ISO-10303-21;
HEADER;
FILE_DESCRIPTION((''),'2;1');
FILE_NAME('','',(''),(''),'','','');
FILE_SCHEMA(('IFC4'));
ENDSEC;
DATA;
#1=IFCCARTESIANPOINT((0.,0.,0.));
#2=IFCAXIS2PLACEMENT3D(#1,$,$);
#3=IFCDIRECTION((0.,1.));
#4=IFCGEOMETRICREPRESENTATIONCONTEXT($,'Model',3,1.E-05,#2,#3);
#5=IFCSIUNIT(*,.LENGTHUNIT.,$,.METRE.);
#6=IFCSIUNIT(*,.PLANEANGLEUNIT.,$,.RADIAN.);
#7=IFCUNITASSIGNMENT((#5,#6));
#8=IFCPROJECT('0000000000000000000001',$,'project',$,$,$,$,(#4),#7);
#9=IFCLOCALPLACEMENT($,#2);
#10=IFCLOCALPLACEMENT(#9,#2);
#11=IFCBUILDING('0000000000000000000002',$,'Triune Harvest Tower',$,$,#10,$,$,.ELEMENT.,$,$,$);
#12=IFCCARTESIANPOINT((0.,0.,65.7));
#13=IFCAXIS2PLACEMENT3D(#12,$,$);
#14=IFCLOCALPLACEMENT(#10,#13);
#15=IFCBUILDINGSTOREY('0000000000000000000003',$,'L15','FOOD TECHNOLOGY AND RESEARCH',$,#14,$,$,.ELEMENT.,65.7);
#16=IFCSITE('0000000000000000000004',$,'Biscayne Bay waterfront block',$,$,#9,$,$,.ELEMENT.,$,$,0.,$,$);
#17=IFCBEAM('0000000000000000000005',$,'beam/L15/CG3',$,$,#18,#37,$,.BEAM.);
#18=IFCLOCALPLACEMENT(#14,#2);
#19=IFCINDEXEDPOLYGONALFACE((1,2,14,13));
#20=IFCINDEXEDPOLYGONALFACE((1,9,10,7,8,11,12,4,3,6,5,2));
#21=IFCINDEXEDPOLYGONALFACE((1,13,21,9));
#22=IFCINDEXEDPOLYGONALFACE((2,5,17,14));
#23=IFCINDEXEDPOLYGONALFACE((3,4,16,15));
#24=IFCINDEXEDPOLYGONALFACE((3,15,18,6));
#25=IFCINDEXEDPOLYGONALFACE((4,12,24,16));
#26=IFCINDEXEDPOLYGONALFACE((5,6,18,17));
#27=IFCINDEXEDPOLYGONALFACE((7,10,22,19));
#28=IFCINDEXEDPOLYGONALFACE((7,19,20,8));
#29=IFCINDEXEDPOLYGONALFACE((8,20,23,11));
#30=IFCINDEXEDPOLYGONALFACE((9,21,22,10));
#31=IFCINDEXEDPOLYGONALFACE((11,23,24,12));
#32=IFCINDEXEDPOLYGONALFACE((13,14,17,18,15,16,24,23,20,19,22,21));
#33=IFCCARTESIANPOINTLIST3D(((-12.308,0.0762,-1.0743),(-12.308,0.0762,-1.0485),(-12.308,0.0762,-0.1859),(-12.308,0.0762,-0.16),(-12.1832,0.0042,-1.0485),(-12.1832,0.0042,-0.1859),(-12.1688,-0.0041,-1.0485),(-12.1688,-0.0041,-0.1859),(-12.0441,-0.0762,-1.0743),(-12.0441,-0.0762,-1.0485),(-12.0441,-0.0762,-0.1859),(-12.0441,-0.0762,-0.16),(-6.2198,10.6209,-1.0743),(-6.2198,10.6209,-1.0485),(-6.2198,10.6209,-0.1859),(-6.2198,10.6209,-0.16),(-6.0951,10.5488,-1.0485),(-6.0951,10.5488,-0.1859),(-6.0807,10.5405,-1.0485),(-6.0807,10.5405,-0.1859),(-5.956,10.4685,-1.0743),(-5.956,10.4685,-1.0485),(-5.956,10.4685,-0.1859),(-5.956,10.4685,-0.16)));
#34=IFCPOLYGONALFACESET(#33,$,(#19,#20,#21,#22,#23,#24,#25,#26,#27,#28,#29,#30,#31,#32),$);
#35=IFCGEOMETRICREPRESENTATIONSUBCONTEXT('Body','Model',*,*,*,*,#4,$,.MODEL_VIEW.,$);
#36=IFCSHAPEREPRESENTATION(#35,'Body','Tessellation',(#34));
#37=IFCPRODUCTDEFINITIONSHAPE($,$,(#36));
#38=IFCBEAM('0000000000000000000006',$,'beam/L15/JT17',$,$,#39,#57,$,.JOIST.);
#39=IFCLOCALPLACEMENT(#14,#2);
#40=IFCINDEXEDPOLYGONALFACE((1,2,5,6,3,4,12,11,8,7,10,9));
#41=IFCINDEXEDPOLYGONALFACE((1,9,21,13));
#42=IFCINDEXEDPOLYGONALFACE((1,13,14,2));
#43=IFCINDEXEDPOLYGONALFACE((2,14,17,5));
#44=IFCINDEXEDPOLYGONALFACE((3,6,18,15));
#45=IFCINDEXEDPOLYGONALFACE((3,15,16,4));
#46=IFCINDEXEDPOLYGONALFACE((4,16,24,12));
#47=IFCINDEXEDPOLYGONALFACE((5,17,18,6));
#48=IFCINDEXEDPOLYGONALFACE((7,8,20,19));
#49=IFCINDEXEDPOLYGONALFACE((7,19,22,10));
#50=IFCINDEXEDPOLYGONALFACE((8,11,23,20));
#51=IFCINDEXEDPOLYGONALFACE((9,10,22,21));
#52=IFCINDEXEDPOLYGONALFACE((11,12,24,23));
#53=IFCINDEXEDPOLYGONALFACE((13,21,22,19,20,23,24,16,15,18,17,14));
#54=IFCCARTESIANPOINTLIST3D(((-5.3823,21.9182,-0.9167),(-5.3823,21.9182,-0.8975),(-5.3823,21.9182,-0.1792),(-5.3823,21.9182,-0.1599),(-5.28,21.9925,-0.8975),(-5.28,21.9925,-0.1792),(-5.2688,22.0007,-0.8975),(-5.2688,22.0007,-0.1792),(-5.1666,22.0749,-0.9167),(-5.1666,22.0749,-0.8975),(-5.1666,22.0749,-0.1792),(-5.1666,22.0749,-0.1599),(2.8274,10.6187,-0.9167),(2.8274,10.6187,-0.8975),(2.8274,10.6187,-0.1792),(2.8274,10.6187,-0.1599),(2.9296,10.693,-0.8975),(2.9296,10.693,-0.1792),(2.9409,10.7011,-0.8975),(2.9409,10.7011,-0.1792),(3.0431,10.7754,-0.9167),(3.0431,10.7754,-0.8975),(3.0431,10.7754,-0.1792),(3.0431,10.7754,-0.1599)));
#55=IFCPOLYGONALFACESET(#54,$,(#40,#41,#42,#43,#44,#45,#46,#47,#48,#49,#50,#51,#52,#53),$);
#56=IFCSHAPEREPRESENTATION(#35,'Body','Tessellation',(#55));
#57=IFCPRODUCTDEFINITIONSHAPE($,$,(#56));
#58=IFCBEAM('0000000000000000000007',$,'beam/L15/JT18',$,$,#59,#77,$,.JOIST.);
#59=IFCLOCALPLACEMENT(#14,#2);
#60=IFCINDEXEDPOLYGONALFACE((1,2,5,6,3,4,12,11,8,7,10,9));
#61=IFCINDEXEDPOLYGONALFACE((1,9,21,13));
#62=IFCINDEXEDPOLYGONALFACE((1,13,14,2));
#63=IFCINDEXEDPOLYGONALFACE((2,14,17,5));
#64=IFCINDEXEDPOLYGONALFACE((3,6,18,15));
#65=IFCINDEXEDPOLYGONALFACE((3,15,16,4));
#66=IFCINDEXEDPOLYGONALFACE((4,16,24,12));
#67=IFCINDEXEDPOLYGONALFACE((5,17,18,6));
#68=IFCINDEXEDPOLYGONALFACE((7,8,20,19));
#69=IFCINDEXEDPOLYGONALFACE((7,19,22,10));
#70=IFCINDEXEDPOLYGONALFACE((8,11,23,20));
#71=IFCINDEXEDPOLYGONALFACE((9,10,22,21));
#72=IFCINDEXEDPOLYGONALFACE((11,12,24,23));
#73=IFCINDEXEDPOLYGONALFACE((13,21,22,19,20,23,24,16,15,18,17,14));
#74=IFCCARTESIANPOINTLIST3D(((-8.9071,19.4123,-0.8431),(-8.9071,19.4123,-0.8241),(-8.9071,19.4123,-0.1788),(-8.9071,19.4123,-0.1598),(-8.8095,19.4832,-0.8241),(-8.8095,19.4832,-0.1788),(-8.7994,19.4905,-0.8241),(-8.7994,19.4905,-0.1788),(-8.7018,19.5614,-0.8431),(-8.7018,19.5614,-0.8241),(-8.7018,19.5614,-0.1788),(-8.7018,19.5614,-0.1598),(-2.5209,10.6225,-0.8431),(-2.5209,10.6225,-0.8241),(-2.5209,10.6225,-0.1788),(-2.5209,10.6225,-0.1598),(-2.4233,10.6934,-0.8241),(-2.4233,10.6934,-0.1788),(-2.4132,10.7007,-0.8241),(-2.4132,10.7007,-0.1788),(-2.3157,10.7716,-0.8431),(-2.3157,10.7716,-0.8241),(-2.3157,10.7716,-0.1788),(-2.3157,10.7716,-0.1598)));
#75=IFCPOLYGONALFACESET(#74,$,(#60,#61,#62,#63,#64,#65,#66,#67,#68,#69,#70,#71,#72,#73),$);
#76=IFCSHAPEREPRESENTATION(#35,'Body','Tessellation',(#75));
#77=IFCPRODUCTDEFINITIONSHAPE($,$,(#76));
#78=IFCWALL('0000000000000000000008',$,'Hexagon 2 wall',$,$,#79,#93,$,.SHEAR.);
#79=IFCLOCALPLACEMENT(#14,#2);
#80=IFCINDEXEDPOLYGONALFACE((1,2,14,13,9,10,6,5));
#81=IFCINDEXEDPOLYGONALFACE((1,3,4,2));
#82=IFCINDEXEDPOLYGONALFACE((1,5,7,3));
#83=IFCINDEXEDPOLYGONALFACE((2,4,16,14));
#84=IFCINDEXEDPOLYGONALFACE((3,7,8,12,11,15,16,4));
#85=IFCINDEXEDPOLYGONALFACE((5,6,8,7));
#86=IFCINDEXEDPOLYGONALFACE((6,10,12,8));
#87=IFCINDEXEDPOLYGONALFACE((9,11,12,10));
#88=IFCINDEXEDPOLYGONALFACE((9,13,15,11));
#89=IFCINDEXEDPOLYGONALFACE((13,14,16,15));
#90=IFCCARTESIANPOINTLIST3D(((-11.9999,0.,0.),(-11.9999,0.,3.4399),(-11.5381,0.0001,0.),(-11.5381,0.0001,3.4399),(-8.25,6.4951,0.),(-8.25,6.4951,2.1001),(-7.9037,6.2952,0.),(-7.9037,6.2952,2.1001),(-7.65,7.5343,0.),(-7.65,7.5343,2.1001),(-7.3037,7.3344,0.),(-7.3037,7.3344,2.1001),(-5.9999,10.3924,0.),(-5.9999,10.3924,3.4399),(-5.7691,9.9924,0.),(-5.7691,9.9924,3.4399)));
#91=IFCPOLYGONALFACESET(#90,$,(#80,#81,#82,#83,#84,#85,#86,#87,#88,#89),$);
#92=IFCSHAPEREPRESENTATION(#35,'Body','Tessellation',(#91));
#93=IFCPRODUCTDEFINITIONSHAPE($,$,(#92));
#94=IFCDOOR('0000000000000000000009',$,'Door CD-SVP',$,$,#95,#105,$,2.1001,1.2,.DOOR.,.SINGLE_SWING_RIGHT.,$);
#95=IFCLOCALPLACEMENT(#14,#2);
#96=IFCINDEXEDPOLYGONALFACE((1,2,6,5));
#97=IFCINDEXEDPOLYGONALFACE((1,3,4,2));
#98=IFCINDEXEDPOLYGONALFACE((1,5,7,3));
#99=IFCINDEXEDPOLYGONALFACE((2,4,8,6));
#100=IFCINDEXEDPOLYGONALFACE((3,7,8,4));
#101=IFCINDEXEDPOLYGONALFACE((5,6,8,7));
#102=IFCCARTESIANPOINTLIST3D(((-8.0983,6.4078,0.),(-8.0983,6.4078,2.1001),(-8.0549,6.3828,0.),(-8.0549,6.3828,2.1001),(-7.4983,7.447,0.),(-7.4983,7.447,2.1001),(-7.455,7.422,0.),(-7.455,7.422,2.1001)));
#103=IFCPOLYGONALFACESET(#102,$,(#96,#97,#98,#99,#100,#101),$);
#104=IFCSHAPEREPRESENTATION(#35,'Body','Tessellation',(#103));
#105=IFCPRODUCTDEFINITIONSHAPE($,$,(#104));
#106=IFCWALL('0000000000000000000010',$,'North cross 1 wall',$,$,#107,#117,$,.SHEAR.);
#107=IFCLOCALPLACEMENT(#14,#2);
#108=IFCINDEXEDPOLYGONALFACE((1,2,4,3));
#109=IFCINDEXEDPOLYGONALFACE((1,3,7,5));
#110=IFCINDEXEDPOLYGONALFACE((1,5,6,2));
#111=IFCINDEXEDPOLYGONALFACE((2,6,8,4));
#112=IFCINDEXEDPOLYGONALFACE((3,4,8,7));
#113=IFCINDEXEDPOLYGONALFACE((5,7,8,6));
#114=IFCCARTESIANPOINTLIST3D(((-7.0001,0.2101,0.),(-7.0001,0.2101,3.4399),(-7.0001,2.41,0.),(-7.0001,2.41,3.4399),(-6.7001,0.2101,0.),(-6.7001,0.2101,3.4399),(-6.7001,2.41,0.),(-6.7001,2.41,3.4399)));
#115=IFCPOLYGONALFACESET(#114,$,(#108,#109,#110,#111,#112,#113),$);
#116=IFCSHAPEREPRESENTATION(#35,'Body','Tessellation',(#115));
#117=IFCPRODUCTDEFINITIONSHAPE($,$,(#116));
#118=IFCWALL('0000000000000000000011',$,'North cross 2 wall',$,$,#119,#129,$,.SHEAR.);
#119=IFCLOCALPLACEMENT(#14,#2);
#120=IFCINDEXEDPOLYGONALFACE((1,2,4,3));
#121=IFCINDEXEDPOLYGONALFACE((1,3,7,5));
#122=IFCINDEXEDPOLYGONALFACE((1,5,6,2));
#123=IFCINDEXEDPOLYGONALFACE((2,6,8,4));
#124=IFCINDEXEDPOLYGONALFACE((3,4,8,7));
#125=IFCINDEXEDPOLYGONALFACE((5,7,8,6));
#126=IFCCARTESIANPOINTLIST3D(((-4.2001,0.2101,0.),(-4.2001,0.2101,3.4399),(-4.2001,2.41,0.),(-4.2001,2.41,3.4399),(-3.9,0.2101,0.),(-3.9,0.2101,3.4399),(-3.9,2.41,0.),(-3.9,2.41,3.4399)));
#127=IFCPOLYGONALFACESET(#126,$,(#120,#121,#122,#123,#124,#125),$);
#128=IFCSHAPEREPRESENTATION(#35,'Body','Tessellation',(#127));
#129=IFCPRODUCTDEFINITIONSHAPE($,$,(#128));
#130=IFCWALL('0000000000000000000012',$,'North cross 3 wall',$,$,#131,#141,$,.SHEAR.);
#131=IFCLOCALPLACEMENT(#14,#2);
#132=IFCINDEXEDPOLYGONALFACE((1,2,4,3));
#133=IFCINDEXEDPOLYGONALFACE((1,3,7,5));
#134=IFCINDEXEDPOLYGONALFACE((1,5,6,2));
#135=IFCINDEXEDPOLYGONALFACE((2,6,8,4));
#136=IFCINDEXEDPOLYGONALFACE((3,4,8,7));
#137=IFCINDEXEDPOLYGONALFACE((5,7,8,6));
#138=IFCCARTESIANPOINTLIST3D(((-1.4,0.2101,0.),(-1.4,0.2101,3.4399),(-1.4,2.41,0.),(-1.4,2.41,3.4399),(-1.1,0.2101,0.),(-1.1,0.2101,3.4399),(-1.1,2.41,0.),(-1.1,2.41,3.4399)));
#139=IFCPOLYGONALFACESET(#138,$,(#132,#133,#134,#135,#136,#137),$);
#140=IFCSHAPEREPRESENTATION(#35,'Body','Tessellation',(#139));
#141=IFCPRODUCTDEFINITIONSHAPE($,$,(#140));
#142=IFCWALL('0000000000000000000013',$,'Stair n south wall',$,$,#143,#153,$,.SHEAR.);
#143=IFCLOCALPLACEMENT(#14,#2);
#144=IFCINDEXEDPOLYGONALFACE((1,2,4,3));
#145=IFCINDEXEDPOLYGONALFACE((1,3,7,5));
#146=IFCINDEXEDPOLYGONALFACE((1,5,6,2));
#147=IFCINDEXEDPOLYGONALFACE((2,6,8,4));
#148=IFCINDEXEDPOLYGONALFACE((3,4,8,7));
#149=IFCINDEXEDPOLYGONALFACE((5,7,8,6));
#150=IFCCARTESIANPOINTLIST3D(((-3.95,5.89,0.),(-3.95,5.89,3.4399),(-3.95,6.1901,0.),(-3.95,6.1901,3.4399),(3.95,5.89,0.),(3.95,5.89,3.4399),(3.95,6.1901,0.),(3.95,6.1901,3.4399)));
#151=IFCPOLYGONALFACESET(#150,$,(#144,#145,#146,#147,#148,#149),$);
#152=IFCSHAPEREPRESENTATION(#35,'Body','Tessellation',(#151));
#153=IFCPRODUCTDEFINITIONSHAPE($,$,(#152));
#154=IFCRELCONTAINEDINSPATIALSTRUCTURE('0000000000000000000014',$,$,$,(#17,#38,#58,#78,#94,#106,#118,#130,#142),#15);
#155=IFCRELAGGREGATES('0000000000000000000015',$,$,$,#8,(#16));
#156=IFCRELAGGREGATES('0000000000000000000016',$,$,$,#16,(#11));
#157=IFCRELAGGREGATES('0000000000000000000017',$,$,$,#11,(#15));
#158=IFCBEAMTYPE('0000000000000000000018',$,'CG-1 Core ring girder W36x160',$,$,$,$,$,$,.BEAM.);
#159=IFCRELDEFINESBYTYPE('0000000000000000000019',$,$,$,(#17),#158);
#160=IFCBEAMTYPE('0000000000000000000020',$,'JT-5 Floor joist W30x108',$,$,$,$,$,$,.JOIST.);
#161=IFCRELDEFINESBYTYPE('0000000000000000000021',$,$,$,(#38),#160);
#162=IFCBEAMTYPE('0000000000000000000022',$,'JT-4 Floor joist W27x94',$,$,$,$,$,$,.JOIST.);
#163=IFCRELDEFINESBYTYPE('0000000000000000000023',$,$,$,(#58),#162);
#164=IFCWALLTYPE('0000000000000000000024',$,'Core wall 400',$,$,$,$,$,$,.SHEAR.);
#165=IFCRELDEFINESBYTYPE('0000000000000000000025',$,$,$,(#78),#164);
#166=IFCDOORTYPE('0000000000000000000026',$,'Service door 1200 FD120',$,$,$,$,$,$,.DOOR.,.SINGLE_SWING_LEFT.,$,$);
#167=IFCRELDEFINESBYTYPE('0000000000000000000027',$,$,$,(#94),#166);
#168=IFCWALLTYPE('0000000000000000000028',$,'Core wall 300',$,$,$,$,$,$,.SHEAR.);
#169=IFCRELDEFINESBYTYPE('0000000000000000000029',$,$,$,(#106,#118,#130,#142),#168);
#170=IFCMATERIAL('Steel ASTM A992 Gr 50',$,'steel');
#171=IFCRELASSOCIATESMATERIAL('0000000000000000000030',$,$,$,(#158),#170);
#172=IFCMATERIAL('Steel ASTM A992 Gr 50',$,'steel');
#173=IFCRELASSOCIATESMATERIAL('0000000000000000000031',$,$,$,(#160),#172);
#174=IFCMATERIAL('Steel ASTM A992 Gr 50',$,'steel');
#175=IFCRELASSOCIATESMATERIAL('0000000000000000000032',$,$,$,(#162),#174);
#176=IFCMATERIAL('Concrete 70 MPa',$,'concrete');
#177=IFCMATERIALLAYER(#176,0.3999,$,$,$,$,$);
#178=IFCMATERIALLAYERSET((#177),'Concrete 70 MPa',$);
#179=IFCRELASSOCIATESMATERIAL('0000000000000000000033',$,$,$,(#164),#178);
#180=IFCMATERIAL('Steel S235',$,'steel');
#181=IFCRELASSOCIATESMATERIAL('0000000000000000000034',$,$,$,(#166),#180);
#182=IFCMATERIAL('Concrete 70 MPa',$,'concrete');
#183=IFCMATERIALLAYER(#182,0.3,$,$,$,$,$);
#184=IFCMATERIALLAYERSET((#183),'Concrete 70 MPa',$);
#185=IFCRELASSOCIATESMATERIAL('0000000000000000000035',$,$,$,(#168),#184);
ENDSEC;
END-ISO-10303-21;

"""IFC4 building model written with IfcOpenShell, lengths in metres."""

from ifc_helpers import new_model, si_unit, direction, frame, frame_2d, origin, origin_2d, place, context, subcontext, project, spatial, polyline, rectangle, i_section, outline, extrude, source, transform, mapped, material, layer, layer_set, material_profile, profile_set, type_object, element, fill, save


model = new_model("IFC4")

# Units and contexts
model_context = context("Model", 3, precision=1e-05, world=origin(), true_north=direction((0.0, 1.0)))
body_context = subcontext(model_context, "Body", "Model", "MODEL_VIEW")
ifc_project = project(units=[si_unit("LENGTHUNIT", "METRE"), si_unit("PLANEANGLEUNIT", "RADIAN")], contexts=[model_context])

# Site, building, storey
site_placement = place(None, origin())
site = spatial("IfcSite", under=ifc_project, at=site_placement, Name="Biscayne Bay waterfront block", CompositionType="ELEMENT", RefElevation=0.0)
building_placement = place(site_placement, origin())
building = spatial("IfcBuilding", under=site, at=building_placement, Name="Triune Harvest Tower", CompositionType="ELEMENT")
storey_placement = place(building_placement, frame((0.0, 0.0, 65.7)))
storey = spatial("IfcBuildingStorey", under=building, at=storey_placement, Name="L15", Description="FOOD TECHNOLOGY AND RESEARCH", CompositionType="ELEMENT", Elevation=65.7)

# Beams
ifc_material_1 = material(Name="Steel ASTM A992 Gr 50", Category="steel")
ifc_material_profile_1 = material_profile(ifc_material_1, i_section(OverallWidth=0.3047, OverallDepth=0.9143, WebThickness=0.0166, FlangeThickness=0.0259, at=origin_2d()), Name="W36x160")
ifc_profile_set_1 = profile_set([ifc_material_profile_1], Name="Steel ASTM A992 Gr 50")
beam_type_1 = type_object("IfcBeamType", Name="CG-1 Core ring girder W36x160", PredefinedType="BEAM", material=ifc_profile_set_1)
shared_shape_1 = source(origin(), body_context, "Body", "SweptSolid", [
    extrude(i_section(OverallWidth=0.3047, OverallDepth=0.9143, WebThickness=0.0166, FlangeThickness=0.0259, at=origin_2d()), origin(), (0.0, 0.0, 1.0), 12.176),
])
beam_1_placement = place(storey_placement, frame((-6.0879, 10.5447, -0.6172), z_axis=(-0.50001, -0.86602, 0.0), x_axis=(0.86602, -0.50001, 0.0)))
element("IfcBeam", 1, at=beam_1_placement, inside=storey, type_object=beam_type_1, Name="beam/L15/CG3", PredefinedType="BEAM", context=body_context, shape_type="MappedRepresentation", body=[
    mapped(shared_shape_1, transform((0.0, 0.0, 0.0), scale=1.0)),
])
ifc_material_2 = material(Name="Steel ASTM A992 Gr 50", Category="steel")
ifc_material_profile_2 = material_profile(ifc_material_2, i_section(OverallWidth=0.2666, OverallDepth=0.7568, WebThickness=0.0139, FlangeThickness=0.0193, at=origin_2d()), Name="W30x108")
ifc_profile_set_2 = profile_set([ifc_material_profile_2], Name="Steel ASTM A992 Gr 50")
beam_type_2 = type_object("IfcBeamType", Name="JT-5 Floor joist W30x108", PredefinedType="JOIST", material=ifc_profile_set_2)
shared_shape_2 = source(origin(), body_context, "Body", "SweptSolid", [
    extrude(i_section(OverallWidth=0.2666, OverallDepth=0.7568, WebThickness=0.0139, FlangeThickness=0.0193, at=origin_2d()), origin(), (0.0, 0.0, 1.0), 13.967),
])
beam_2_placement = place(storey_placement, frame((-5.2744, 21.9966, -0.5383), z_axis=(0.58779, -0.809013, 0.0), x_axis=(0.809013, 0.58779, 0.0)))
element("IfcBeam", 2, at=beam_2_placement, inside=storey, type_object=beam_type_2, Name="beam/L15/JT17", PredefinedType="JOIST", context=body_context, shape_type="MappedRepresentation", body=[
    mapped(shared_shape_2, transform((0.0, 0.0, 0.0), scale=1.0)),
])
ifc_material_3 = material(Name="Steel ASTM A992 Gr 50", Category="steel")
ifc_material_profile_3 = material_profile(ifc_material_3, i_section(OverallWidth=0.2537, OverallDepth=0.6833, WebThickness=0.0125, FlangeThickness=0.019, at=origin_2d()), Name="W27x94")
ifc_profile_set_3 = profile_set([ifc_material_profile_3], Name="Steel ASTM A992 Gr 50")
beam_type_3 = type_object("IfcBeamType", Name="JT-4 Floor joist W27x94", PredefinedType="JOIST", material=ifc_profile_set_3)
shared_shape_3 = source(origin(), body_context, "Body", "SweptSolid", [
    extrude(i_section(OverallWidth=0.2537, OverallDepth=0.6833, WebThickness=0.0125, FlangeThickness=0.019, at=origin_2d()), origin(), (0.0, 0.0, 1.0), 10.8647),
])
beam_3_placement = place(storey_placement, frame((-8.8044, 19.4868, -0.5015), z_axis=(0.58779, -0.809014, 0.0), x_axis=(0.809014, 0.58779, 0.0)))
element("IfcBeam", 3, at=beam_3_placement, inside=storey, type_object=beam_type_3, Name="beam/L15/JT18", PredefinedType="JOIST", context=body_context, shape_type="MappedRepresentation", body=[
    mapped(shared_shape_3, transform((0.0, 0.0, 0.0), scale=1.0)),
])

# Wall, opening, door
ifc_material_4 = material(Name="Concrete 70 MPa", Category="concrete")
ifc_layer_1 = layer(ifc_material_4, 0.3999)
ifc_layer_set_1 = layer_set([ifc_layer_1], Name="Concrete 70 MPa")
wall_type_1 = type_object("IfcWallType", Name="Core wall 400", PredefinedType="SHEAR", material=ifc_layer_set_1)
shared_shape_4 = source(origin(), body_context, "Body", "SweptSolid", [
    extrude(outline(polyline([(-0.1155, -0.2), (11.8845, -0.2), (11.6536, 0.2), (0.1155, 0.2), (-0.1155, -0.2)])), origin(), (0.0, 0.0, 1.0), 3.4399),
])
wall_1_placement = place(storey_placement, frame((-5.8845, 10.1924, 0.0), z_axis=(0.0, 0.0, 1.0), x_axis=(-0.499997, -0.866027, 0.0)))
wall_1 = element("IfcWall", 4, at=wall_1_placement, inside=storey, type_object=wall_type_1, Name="Hexagon 2 wall", PredefinedType="SHEAR", context=body_context, shape_type="MappedRepresentation", body=[
    mapped(shared_shape_4, transform((0.0, 0.0, 0.0), scale=1.0)),
])
opening_1_placement = place(wall_1_placement, frame((3.1846, 0.0, 0.0)))
opening_1 = element("IfcOpeningElement", 5, at=opening_1_placement, cuts=wall_1, PredefinedType="OPENING", context=body_context, shape_type="SweptSolid", body=[
    extrude(rectangle(XDim=1.2, YDim=2.1001, at=frame_2d((0.6001, 1.05))), frame((0.0, 0.21, 0.0), z_axis=(0.0, -1.0, 0.0), x_axis=(1.0, 0.0, 0.0)), (0.0, 0.0, 1.0), 0.4199),
])
ifc_material_5 = material(Name="Steel S235", Category="steel")
door_type_1 = type_object("IfcDoorType", Name="Service door 1200 FD120", OperationType="SINGLE_SWING_LEFT", PredefinedType="DOOR", material=ifc_material_5)
door_1_placement = place(opening_1_placement, frame((1.2, 0.0, 0.0), z_axis=(0.0, 0.0, 1.0), x_axis=(-1.0, 0.0, 0.0)))
door_1 = element("IfcDoor", 6, at=door_1_placement, inside=storey, type_object=door_type_1, Name="Door CD-SVP", OperationType="SINGLE_SWING_RIGHT", OverallHeight=2.1001, OverallWidth=1.2, PredefinedType="DOOR", context=body_context, shape_type="SweptSolid", body=[
    extrude(rectangle(XDim=1.2, YDim=2.1001, at=frame_2d((0.6001, 1.05))), frame((0.0, 0.0249, 0.0), z_axis=(0.0, -1.0, 0.0), x_axis=(1.0, 0.0, 0.0)), (0.0, 0.0, 1.0), 0.05),
])
fill(opening_1, door_1)

# Walls
ifc_material_6 = material(Name="Concrete 70 MPa", Category="concrete")
ifc_layer_2 = layer(ifc_material_6, 0.3)
ifc_layer_set_2 = layer_set([ifc_layer_2], Name="Concrete 70 MPa")
wall_type_2 = type_object("IfcWallType", Name="Core wall 300", PredefinedType="SHEAR", material=ifc_layer_set_2)
shared_shape_5 = source(origin(), body_context, "Body", "SweptSolid", [
    extrude(rectangle(XDim=2.2, YDim=0.3, at=frame_2d((1.1001, 0.0))), origin(), (0.0, 0.0, 1.0), 3.4399),
])
for number, where, z_axis, x_axis, name in (
    (7, (-6.8501, 0.21, 0.0), (0.0, 0.0, 1.0), (0.0, 1.0, 0.0), "North cross 1 wall"),
    (8, (-4.05, 0.21, 0.0), (0.0, 0.0, 1.0), (0.0, 1.0, 0.0), "North cross 2 wall"),
    (9, (-1.25, 0.21, 0.0), (0.0, 0.0, 1.0), (0.0, 1.0, 0.0), "North cross 3 wall"),
):
    element("IfcWall", number, at=place(storey_placement, frame(where, z_axis=z_axis, x_axis=x_axis)), inside=storey, type_object=wall_type_2, Name=name, PredefinedType="SHEAR", context=body_context, shape_type="MappedRepresentation", body=[
        mapped(shared_shape_5, transform((0.0, 0.0, 0.0), scale=1.0)),
    ])
shared_shape_6 = source(origin(), body_context, "Body", "SweptSolid", [
    extrude(rectangle(XDim=7.8999, YDim=0.3, at=frame_2d((3.95, 0.0))), origin(), (0.0, 0.0, 1.0), 3.4399),
])
wall_2_placement = place(storey_placement, frame((-3.95, 6.04, 0.0), z_axis=(0.0, 0.0, 1.0), x_axis=(1.0, 0.0, 0.0)))
element("IfcWall", 10, at=wall_2_placement, inside=storey, type_object=wall_type_2, Name="Stair n south wall", PredefinedType="SHEAR", context=body_context, shape_type="MappedRepresentation", body=[
    mapped(shared_shape_6, transform((0.0, 0.0, 0.0), scale=1.0)),
])

save(model, "model.ifc")
